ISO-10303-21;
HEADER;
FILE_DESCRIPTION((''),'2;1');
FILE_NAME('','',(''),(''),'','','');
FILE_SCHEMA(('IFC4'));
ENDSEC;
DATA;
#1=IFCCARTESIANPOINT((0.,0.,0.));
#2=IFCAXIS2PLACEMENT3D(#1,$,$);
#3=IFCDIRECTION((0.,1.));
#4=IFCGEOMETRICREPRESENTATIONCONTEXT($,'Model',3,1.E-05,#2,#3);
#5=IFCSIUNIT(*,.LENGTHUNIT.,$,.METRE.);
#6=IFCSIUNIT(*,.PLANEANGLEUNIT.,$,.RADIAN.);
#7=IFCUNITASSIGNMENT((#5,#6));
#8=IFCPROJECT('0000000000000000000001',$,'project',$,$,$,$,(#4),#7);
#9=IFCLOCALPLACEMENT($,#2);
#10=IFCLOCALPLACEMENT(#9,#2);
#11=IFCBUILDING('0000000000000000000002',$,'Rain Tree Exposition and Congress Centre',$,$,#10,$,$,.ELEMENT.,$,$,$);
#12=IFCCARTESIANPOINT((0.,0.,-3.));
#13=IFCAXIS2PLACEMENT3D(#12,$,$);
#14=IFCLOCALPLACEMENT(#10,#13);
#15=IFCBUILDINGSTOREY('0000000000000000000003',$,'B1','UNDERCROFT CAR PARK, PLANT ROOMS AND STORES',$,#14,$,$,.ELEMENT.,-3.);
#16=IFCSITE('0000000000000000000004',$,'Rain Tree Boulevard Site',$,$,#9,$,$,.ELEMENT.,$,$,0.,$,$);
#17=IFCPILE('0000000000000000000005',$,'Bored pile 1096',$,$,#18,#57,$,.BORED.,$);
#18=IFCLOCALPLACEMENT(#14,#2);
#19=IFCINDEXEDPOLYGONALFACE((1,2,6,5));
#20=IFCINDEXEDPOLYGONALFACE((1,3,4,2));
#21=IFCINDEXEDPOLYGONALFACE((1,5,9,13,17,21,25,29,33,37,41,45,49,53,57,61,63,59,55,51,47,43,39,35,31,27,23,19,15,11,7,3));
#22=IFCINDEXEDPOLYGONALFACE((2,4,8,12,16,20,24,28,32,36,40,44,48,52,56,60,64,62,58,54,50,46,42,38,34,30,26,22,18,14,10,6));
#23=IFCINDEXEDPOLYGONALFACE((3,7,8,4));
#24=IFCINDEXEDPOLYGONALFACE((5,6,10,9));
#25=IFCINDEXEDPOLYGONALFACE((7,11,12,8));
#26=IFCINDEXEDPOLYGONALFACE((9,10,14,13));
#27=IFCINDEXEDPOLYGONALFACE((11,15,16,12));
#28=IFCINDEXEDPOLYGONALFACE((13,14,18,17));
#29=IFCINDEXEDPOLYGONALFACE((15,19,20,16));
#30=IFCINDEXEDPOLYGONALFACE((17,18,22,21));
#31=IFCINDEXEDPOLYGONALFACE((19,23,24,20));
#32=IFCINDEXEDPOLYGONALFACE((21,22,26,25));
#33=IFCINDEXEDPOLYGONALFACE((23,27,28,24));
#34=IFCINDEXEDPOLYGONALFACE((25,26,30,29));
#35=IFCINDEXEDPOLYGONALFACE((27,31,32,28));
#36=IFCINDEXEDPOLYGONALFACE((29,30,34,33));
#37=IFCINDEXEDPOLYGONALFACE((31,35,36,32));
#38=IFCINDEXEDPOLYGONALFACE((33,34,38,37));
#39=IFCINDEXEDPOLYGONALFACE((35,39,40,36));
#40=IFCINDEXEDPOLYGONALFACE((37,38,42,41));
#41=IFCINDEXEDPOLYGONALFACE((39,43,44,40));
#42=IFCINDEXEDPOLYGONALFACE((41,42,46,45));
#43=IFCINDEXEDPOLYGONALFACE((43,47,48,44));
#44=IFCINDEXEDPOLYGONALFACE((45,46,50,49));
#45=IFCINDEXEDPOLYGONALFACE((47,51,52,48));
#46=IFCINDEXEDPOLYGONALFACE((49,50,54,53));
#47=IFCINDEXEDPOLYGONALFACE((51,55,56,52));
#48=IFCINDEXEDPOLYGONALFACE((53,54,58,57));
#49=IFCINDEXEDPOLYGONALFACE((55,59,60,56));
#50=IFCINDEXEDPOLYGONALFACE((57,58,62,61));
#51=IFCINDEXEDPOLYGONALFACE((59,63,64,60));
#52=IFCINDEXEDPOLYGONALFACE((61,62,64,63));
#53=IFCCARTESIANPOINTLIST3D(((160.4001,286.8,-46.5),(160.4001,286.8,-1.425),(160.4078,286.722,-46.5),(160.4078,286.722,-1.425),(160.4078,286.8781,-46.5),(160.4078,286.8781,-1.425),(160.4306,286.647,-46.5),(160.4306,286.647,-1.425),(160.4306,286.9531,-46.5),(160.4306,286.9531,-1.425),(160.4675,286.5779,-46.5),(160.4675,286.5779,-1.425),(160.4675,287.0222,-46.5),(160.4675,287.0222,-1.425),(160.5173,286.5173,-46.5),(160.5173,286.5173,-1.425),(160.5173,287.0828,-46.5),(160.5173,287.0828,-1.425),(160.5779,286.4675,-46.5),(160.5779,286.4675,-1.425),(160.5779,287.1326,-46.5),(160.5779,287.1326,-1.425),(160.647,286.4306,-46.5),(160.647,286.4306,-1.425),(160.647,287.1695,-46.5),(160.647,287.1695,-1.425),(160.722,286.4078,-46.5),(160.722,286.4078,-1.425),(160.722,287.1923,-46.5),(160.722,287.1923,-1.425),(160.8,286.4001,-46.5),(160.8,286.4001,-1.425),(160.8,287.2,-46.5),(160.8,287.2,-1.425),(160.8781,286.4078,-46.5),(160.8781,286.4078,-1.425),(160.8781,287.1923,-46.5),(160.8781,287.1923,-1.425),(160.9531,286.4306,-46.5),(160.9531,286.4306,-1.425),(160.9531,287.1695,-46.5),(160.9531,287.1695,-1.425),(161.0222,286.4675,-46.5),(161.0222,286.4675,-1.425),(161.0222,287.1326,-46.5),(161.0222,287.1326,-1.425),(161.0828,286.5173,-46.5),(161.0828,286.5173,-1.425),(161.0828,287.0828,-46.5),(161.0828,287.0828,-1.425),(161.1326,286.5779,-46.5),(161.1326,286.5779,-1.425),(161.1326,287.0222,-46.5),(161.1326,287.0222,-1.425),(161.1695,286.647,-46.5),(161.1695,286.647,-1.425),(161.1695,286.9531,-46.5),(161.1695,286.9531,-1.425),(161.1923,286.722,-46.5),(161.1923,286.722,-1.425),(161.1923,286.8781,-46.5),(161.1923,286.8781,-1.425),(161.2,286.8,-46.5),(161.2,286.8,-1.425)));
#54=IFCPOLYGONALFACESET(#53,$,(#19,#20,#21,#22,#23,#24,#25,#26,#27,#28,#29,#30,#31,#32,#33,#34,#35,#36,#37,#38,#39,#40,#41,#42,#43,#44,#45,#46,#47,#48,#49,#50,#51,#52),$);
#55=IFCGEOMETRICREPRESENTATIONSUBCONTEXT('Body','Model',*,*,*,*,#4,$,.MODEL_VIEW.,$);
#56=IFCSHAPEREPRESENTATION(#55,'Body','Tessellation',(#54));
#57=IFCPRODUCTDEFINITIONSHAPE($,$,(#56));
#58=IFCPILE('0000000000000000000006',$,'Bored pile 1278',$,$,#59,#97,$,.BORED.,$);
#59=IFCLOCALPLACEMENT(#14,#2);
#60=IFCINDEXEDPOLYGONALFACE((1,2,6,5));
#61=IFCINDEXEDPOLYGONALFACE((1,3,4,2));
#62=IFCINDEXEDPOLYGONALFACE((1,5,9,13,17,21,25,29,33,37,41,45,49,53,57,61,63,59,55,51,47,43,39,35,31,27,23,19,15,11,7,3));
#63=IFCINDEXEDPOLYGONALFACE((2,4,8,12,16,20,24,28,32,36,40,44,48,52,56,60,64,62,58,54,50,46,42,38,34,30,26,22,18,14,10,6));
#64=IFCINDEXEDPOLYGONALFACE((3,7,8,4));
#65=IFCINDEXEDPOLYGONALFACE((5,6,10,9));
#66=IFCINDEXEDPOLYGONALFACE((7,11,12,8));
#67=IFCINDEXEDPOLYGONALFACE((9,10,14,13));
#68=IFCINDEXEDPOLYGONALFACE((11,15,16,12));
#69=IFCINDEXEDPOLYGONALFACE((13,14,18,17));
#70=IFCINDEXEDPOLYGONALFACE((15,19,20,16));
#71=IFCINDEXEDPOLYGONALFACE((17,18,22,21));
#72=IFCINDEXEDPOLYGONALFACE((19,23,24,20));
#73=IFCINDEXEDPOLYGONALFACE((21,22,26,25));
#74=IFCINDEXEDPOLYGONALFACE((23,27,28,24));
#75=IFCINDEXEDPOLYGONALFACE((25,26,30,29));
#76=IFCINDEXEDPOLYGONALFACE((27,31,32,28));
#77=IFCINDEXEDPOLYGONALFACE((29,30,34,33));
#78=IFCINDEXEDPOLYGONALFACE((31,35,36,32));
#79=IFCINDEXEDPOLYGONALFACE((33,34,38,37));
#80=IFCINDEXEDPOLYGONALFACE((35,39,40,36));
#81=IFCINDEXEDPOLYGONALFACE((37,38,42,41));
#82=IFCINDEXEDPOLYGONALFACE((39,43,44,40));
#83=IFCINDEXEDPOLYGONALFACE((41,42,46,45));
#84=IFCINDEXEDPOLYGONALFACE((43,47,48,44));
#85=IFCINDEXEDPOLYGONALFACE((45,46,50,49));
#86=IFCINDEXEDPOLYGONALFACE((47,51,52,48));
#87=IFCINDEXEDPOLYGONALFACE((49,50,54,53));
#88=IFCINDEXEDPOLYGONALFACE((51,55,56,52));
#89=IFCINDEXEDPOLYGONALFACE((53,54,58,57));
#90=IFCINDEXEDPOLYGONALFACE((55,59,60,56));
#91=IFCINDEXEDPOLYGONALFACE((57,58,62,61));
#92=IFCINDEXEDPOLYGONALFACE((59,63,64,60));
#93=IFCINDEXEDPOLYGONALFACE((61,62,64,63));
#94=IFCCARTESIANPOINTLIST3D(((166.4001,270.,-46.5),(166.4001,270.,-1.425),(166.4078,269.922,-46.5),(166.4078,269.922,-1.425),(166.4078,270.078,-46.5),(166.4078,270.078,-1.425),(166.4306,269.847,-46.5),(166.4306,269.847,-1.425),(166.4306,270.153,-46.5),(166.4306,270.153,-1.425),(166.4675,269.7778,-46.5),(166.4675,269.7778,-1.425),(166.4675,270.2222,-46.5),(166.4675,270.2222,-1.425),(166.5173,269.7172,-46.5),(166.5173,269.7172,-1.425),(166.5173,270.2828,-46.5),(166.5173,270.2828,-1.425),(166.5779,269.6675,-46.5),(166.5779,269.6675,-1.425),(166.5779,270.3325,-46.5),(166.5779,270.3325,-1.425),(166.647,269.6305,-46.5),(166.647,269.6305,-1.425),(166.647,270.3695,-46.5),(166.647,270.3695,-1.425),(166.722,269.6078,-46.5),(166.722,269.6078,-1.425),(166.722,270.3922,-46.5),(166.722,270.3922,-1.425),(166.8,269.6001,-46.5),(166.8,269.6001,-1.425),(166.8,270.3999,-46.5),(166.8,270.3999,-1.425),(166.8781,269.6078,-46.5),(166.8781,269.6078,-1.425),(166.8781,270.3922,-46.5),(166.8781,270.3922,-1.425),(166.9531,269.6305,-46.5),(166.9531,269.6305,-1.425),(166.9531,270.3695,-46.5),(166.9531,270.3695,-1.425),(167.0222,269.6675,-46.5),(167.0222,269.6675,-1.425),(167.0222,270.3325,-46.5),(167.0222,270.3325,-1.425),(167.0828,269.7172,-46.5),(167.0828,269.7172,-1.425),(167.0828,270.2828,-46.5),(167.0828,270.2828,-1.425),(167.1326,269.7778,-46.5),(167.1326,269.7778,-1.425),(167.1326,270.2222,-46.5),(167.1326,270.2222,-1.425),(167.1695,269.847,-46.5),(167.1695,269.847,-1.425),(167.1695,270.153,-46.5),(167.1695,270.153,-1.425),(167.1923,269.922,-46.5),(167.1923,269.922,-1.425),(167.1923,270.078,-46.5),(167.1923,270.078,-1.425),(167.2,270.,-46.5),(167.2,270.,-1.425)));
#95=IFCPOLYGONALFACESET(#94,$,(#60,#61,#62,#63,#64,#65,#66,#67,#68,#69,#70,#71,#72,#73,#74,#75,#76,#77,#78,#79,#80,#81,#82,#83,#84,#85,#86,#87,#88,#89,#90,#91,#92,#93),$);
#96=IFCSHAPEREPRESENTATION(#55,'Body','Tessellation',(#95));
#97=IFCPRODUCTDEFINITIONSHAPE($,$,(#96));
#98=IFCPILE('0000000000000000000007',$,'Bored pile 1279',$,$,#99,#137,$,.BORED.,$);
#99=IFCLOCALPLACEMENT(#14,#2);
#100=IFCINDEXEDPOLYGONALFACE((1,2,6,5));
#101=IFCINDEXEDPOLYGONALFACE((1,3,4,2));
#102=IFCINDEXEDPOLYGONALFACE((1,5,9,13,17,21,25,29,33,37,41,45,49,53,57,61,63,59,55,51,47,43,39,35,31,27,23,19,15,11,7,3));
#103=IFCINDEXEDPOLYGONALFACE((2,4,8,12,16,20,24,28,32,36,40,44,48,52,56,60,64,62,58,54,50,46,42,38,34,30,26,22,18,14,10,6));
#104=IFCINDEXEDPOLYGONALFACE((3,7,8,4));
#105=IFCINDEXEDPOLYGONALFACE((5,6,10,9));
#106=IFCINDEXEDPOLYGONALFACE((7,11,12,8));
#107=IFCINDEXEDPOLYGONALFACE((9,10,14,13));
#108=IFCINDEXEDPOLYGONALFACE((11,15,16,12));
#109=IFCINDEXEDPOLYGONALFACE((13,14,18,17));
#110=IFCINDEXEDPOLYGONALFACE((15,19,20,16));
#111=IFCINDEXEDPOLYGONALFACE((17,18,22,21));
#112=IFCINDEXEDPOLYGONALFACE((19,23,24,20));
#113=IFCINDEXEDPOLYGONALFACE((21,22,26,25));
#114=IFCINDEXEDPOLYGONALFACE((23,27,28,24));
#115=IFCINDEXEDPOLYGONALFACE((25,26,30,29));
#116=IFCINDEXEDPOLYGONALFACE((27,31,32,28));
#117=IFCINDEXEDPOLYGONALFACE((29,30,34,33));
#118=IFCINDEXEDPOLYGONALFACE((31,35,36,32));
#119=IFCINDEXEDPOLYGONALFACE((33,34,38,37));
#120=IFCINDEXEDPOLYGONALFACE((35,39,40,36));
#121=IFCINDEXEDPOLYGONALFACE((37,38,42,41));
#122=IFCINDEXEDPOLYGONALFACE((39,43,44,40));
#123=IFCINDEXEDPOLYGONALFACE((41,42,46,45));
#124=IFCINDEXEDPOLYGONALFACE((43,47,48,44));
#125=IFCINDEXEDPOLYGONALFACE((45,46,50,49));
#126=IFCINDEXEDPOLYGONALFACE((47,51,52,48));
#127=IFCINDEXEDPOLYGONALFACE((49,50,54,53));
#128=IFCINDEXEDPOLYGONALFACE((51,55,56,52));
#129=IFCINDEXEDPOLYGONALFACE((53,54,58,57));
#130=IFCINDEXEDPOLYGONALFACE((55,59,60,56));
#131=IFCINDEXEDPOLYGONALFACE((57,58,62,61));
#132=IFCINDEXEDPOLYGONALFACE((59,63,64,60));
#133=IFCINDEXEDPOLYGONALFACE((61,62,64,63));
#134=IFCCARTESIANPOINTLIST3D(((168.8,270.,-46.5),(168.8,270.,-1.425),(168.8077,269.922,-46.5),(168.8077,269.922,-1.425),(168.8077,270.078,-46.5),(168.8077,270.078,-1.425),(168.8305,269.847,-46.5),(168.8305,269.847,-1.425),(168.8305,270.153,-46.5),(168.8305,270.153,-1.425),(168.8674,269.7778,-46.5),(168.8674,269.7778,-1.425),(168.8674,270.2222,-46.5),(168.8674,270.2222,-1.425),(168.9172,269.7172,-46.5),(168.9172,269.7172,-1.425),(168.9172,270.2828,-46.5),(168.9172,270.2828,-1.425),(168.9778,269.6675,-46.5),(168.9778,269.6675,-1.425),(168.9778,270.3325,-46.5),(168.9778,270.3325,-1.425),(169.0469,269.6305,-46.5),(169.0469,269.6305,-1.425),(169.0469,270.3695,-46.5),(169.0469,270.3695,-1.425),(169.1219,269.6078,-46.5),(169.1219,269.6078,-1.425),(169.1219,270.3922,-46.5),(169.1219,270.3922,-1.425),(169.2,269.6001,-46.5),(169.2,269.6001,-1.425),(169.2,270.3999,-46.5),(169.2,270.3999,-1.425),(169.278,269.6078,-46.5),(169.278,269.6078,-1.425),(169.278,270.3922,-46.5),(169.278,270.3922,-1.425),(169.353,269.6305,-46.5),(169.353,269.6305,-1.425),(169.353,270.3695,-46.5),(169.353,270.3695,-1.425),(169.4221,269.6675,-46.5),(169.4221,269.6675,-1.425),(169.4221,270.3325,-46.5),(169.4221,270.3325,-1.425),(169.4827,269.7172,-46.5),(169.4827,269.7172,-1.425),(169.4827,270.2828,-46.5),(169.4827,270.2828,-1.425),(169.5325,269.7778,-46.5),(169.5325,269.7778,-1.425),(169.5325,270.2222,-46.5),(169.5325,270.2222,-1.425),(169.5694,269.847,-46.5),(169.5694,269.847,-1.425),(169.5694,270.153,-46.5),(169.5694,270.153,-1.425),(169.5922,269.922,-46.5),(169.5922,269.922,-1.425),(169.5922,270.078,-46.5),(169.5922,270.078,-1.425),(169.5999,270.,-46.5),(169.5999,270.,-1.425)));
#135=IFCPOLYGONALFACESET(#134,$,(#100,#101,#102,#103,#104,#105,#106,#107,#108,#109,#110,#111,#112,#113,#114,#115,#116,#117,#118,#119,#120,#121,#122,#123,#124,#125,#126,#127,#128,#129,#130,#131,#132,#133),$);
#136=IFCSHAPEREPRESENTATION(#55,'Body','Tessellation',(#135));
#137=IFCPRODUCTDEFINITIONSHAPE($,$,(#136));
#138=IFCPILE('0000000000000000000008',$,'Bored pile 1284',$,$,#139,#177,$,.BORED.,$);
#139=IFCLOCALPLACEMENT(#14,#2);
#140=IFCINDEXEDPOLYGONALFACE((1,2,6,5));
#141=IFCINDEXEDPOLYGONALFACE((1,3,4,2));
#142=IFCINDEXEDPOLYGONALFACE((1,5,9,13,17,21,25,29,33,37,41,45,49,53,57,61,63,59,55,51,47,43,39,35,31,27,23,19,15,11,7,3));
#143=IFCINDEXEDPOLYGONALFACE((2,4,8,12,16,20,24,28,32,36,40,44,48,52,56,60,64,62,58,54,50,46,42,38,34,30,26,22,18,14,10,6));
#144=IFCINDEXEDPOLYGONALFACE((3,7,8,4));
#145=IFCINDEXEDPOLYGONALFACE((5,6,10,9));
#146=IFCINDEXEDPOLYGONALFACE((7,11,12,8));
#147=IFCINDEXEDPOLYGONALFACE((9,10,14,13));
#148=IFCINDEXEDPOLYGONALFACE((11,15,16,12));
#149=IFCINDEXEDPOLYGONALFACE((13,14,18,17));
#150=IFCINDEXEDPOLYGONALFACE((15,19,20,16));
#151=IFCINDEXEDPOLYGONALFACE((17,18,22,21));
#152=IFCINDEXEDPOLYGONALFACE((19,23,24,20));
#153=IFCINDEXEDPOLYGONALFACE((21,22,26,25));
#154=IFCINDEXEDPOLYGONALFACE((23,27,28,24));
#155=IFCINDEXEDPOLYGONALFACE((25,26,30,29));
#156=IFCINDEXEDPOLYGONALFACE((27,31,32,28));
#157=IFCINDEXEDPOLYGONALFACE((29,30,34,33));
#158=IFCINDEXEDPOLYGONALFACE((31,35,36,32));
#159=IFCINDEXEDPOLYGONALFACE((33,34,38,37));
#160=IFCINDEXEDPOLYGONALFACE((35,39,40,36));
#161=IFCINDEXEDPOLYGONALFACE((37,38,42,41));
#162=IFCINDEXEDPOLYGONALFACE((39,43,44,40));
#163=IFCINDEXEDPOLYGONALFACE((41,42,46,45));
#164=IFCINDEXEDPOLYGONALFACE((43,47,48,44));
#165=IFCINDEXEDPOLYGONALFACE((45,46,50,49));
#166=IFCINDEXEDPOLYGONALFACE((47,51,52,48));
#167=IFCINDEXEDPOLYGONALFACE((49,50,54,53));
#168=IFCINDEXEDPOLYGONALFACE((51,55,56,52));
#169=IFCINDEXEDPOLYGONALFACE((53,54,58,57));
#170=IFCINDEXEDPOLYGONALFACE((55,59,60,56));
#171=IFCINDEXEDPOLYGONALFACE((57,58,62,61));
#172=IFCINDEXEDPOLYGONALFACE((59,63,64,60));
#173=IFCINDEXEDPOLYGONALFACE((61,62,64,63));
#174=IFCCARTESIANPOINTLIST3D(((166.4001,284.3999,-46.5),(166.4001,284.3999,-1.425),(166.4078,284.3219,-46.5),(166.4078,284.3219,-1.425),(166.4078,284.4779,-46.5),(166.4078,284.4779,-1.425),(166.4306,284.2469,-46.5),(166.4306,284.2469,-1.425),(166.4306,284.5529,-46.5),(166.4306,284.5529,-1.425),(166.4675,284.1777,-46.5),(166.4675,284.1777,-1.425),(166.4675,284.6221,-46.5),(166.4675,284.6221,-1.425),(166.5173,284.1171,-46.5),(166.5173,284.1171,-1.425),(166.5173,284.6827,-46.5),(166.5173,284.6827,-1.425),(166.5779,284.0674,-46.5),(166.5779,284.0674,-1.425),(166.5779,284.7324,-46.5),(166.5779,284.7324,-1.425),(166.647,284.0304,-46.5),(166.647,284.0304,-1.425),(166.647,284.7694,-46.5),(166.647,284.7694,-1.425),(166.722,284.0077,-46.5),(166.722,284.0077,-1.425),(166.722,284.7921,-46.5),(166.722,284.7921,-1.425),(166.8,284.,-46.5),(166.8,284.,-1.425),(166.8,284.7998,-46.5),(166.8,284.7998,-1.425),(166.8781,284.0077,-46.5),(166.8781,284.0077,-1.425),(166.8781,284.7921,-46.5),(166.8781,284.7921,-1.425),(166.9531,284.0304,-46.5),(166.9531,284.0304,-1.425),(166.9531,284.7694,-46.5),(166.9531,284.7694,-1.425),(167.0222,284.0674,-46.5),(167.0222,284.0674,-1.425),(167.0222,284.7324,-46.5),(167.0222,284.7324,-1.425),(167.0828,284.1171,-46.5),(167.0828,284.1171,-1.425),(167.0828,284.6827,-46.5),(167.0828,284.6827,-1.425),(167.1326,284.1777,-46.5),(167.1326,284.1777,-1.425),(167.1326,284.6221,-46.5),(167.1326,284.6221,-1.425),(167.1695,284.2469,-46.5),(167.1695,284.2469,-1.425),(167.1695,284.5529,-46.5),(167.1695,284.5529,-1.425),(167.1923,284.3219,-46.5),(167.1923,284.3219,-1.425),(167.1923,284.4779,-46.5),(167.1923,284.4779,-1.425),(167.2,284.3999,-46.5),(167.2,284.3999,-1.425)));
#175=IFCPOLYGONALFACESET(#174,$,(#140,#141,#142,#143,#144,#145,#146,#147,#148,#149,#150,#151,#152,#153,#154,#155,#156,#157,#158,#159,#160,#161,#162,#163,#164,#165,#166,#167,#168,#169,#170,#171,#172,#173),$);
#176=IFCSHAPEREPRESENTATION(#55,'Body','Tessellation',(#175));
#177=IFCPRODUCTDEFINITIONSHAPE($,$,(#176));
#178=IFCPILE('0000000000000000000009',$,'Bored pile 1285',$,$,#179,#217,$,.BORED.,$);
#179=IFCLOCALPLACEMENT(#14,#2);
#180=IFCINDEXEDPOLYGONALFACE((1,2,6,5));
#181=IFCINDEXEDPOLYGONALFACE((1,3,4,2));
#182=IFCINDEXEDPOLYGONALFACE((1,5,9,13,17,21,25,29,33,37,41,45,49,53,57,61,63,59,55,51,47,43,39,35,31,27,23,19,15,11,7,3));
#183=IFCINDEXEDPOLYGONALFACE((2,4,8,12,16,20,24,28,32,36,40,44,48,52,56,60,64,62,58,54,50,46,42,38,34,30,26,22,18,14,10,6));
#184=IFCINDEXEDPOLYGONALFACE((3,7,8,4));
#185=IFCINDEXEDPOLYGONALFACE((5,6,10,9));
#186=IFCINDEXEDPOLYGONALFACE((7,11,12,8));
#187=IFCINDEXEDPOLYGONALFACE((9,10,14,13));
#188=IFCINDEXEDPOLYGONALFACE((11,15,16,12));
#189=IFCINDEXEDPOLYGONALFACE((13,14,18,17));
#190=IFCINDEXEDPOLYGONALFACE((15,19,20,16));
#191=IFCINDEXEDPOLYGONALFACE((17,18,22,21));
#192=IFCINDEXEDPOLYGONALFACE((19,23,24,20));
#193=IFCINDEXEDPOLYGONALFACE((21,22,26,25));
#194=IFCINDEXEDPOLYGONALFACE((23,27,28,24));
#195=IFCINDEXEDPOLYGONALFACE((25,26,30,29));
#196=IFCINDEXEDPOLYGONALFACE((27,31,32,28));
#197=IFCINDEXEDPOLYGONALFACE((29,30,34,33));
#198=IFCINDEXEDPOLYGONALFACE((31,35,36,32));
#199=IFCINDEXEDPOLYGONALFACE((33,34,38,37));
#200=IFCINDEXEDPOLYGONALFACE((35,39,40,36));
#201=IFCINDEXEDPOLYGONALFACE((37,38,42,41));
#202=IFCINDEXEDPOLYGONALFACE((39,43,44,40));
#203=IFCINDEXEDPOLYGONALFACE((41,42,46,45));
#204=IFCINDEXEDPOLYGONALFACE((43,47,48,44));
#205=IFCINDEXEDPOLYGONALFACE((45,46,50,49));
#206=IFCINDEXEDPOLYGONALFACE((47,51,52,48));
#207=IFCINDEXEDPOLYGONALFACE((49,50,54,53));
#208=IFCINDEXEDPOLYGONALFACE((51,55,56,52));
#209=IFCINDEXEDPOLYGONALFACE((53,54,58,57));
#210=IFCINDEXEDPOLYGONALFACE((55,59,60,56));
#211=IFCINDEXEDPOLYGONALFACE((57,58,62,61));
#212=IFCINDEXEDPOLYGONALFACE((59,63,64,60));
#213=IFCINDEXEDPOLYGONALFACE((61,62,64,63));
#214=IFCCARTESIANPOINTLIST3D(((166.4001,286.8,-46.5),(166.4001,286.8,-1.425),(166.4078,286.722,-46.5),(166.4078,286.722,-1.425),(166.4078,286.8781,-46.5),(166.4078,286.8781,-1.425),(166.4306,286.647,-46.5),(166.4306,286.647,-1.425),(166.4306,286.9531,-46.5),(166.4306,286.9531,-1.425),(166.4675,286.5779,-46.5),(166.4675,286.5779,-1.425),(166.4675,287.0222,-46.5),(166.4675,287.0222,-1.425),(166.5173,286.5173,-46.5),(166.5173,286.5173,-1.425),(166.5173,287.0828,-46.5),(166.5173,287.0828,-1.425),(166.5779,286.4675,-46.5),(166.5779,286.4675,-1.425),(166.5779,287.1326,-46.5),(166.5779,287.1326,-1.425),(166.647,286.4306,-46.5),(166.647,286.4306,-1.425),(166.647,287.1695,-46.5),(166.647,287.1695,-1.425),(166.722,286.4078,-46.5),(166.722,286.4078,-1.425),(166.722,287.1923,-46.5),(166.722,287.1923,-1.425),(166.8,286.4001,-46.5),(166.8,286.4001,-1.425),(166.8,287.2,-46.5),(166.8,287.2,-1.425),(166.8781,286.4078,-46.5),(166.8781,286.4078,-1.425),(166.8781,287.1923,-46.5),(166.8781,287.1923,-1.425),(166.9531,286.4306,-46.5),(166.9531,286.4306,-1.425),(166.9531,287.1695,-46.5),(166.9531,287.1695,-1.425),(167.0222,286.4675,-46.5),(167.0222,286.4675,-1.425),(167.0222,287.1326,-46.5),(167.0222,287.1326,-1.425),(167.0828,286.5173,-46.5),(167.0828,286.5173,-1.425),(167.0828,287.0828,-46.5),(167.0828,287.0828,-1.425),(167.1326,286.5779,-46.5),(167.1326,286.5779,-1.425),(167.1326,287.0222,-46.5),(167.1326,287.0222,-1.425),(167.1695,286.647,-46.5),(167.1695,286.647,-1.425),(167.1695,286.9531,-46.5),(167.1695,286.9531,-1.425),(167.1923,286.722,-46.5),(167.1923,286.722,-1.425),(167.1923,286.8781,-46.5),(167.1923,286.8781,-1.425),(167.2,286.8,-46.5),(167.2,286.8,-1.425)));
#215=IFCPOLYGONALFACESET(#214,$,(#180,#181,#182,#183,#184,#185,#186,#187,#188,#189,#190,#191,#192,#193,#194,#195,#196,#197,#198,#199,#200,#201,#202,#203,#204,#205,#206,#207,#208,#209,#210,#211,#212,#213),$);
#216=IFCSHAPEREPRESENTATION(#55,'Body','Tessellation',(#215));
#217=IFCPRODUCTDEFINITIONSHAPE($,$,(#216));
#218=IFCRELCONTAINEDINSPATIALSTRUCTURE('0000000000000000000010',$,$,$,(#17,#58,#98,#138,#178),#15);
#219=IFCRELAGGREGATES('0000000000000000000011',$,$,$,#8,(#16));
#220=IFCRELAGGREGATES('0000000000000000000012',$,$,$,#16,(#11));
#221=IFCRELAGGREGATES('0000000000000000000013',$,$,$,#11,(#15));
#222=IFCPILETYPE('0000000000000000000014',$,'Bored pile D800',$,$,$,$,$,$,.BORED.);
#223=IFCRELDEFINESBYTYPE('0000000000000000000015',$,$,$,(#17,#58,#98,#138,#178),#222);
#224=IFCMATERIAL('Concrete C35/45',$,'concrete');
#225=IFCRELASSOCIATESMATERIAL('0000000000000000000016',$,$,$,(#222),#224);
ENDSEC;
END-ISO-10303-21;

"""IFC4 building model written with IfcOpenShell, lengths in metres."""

from ifc_helpers import new_model, si_unit, direction, frame, origin, origin_2d, place, context, subcontext, project, spatial, circle, extrude, material, material_profile, profile_set, type_object, element, save


model = new_model("IFC4")

# Units and contexts
model_context = context("Model", 3, precision=1e-05, world=origin(), true_north=direction((0.0, 1.0)))
body_context = subcontext(model_context, "Body", "Model", "MODEL_VIEW")
ifc_project = project(units=[si_unit("LENGTHUNIT", "METRE"), si_unit("PLANEANGLEUNIT", "RADIAN")], contexts=[model_context])

# Site, building, storey
site_placement = place(None, origin())
site = spatial("IfcSite", under=ifc_project, at=site_placement, Name="Rain Tree Boulevard Site", CompositionType="ELEMENT", RefElevation=0.0)
building_placement = place(site_placement, origin())
building = spatial("IfcBuilding", under=site, at=building_placement, Name="Rain Tree Exposition and Congress Centre", CompositionType="ELEMENT")
storey_placement = place(building_placement, frame((0.0, 0.0, -3.0)))
storey = spatial("IfcBuildingStorey", under=building, at=storey_placement, Name="B1", Description="UNDERCROFT CAR PARK, PLANT ROOMS AND STORES", CompositionType="ELEMENT", Elevation=-3.0)

# Piles
ifc_material_1 = material(Name="Concrete C35/45", Category="concrete")
ifc_material_profile_1 = material_profile(ifc_material_1, circle(Radius=0.3999, at=origin_2d()), Name="D800")
ifc_profile_set_1 = profile_set([ifc_material_profile_1], Name="Concrete C35/45")
pile_type_1 = type_object("IfcPileType", Name="Bored pile D800", PredefinedType="BORED", material=ifc_profile_set_1)
for number, where, z_axis, x_axis, name in (
    (1, (160.8, 286.8, -1.425), (0.0, 0.0, -1.0), (1.0, 0.0, 0.0), "Bored pile 1096"),
    (2, (166.8, 270.0, -1.425), (0.0, 0.0, -1.0), (1.0, 0.0, 0.0), "Bored pile 1278"),
    (3, (169.2, 270.0, -1.425), (0.0, 0.0, -1.0), (1.0, 0.0, 0.0), "Bored pile 1279"),
    (4, (166.8, 284.3999, -1.425), (0.0, 0.0, -1.0), (1.0, 0.0, 0.0), "Bored pile 1284"),
    (5, (166.8, 286.8, -1.425), (0.0, 0.0, -1.0), (1.0, 0.0, 0.0), "Bored pile 1285"),
):
    element("IfcPile", number, at=place(storey_placement, frame(where, z_axis=z_axis, x_axis=x_axis)), inside=storey, type_object=pile_type_1, Name=name, PredefinedType="BORED", context=body_context, shape_type="SweptSolid", body=[
        extrude(circle(Radius=0.3999, at=origin_2d()), origin(), (0.0, 0.0, 1.0), 45.075),
    ])

save(model, "model.ifc")
